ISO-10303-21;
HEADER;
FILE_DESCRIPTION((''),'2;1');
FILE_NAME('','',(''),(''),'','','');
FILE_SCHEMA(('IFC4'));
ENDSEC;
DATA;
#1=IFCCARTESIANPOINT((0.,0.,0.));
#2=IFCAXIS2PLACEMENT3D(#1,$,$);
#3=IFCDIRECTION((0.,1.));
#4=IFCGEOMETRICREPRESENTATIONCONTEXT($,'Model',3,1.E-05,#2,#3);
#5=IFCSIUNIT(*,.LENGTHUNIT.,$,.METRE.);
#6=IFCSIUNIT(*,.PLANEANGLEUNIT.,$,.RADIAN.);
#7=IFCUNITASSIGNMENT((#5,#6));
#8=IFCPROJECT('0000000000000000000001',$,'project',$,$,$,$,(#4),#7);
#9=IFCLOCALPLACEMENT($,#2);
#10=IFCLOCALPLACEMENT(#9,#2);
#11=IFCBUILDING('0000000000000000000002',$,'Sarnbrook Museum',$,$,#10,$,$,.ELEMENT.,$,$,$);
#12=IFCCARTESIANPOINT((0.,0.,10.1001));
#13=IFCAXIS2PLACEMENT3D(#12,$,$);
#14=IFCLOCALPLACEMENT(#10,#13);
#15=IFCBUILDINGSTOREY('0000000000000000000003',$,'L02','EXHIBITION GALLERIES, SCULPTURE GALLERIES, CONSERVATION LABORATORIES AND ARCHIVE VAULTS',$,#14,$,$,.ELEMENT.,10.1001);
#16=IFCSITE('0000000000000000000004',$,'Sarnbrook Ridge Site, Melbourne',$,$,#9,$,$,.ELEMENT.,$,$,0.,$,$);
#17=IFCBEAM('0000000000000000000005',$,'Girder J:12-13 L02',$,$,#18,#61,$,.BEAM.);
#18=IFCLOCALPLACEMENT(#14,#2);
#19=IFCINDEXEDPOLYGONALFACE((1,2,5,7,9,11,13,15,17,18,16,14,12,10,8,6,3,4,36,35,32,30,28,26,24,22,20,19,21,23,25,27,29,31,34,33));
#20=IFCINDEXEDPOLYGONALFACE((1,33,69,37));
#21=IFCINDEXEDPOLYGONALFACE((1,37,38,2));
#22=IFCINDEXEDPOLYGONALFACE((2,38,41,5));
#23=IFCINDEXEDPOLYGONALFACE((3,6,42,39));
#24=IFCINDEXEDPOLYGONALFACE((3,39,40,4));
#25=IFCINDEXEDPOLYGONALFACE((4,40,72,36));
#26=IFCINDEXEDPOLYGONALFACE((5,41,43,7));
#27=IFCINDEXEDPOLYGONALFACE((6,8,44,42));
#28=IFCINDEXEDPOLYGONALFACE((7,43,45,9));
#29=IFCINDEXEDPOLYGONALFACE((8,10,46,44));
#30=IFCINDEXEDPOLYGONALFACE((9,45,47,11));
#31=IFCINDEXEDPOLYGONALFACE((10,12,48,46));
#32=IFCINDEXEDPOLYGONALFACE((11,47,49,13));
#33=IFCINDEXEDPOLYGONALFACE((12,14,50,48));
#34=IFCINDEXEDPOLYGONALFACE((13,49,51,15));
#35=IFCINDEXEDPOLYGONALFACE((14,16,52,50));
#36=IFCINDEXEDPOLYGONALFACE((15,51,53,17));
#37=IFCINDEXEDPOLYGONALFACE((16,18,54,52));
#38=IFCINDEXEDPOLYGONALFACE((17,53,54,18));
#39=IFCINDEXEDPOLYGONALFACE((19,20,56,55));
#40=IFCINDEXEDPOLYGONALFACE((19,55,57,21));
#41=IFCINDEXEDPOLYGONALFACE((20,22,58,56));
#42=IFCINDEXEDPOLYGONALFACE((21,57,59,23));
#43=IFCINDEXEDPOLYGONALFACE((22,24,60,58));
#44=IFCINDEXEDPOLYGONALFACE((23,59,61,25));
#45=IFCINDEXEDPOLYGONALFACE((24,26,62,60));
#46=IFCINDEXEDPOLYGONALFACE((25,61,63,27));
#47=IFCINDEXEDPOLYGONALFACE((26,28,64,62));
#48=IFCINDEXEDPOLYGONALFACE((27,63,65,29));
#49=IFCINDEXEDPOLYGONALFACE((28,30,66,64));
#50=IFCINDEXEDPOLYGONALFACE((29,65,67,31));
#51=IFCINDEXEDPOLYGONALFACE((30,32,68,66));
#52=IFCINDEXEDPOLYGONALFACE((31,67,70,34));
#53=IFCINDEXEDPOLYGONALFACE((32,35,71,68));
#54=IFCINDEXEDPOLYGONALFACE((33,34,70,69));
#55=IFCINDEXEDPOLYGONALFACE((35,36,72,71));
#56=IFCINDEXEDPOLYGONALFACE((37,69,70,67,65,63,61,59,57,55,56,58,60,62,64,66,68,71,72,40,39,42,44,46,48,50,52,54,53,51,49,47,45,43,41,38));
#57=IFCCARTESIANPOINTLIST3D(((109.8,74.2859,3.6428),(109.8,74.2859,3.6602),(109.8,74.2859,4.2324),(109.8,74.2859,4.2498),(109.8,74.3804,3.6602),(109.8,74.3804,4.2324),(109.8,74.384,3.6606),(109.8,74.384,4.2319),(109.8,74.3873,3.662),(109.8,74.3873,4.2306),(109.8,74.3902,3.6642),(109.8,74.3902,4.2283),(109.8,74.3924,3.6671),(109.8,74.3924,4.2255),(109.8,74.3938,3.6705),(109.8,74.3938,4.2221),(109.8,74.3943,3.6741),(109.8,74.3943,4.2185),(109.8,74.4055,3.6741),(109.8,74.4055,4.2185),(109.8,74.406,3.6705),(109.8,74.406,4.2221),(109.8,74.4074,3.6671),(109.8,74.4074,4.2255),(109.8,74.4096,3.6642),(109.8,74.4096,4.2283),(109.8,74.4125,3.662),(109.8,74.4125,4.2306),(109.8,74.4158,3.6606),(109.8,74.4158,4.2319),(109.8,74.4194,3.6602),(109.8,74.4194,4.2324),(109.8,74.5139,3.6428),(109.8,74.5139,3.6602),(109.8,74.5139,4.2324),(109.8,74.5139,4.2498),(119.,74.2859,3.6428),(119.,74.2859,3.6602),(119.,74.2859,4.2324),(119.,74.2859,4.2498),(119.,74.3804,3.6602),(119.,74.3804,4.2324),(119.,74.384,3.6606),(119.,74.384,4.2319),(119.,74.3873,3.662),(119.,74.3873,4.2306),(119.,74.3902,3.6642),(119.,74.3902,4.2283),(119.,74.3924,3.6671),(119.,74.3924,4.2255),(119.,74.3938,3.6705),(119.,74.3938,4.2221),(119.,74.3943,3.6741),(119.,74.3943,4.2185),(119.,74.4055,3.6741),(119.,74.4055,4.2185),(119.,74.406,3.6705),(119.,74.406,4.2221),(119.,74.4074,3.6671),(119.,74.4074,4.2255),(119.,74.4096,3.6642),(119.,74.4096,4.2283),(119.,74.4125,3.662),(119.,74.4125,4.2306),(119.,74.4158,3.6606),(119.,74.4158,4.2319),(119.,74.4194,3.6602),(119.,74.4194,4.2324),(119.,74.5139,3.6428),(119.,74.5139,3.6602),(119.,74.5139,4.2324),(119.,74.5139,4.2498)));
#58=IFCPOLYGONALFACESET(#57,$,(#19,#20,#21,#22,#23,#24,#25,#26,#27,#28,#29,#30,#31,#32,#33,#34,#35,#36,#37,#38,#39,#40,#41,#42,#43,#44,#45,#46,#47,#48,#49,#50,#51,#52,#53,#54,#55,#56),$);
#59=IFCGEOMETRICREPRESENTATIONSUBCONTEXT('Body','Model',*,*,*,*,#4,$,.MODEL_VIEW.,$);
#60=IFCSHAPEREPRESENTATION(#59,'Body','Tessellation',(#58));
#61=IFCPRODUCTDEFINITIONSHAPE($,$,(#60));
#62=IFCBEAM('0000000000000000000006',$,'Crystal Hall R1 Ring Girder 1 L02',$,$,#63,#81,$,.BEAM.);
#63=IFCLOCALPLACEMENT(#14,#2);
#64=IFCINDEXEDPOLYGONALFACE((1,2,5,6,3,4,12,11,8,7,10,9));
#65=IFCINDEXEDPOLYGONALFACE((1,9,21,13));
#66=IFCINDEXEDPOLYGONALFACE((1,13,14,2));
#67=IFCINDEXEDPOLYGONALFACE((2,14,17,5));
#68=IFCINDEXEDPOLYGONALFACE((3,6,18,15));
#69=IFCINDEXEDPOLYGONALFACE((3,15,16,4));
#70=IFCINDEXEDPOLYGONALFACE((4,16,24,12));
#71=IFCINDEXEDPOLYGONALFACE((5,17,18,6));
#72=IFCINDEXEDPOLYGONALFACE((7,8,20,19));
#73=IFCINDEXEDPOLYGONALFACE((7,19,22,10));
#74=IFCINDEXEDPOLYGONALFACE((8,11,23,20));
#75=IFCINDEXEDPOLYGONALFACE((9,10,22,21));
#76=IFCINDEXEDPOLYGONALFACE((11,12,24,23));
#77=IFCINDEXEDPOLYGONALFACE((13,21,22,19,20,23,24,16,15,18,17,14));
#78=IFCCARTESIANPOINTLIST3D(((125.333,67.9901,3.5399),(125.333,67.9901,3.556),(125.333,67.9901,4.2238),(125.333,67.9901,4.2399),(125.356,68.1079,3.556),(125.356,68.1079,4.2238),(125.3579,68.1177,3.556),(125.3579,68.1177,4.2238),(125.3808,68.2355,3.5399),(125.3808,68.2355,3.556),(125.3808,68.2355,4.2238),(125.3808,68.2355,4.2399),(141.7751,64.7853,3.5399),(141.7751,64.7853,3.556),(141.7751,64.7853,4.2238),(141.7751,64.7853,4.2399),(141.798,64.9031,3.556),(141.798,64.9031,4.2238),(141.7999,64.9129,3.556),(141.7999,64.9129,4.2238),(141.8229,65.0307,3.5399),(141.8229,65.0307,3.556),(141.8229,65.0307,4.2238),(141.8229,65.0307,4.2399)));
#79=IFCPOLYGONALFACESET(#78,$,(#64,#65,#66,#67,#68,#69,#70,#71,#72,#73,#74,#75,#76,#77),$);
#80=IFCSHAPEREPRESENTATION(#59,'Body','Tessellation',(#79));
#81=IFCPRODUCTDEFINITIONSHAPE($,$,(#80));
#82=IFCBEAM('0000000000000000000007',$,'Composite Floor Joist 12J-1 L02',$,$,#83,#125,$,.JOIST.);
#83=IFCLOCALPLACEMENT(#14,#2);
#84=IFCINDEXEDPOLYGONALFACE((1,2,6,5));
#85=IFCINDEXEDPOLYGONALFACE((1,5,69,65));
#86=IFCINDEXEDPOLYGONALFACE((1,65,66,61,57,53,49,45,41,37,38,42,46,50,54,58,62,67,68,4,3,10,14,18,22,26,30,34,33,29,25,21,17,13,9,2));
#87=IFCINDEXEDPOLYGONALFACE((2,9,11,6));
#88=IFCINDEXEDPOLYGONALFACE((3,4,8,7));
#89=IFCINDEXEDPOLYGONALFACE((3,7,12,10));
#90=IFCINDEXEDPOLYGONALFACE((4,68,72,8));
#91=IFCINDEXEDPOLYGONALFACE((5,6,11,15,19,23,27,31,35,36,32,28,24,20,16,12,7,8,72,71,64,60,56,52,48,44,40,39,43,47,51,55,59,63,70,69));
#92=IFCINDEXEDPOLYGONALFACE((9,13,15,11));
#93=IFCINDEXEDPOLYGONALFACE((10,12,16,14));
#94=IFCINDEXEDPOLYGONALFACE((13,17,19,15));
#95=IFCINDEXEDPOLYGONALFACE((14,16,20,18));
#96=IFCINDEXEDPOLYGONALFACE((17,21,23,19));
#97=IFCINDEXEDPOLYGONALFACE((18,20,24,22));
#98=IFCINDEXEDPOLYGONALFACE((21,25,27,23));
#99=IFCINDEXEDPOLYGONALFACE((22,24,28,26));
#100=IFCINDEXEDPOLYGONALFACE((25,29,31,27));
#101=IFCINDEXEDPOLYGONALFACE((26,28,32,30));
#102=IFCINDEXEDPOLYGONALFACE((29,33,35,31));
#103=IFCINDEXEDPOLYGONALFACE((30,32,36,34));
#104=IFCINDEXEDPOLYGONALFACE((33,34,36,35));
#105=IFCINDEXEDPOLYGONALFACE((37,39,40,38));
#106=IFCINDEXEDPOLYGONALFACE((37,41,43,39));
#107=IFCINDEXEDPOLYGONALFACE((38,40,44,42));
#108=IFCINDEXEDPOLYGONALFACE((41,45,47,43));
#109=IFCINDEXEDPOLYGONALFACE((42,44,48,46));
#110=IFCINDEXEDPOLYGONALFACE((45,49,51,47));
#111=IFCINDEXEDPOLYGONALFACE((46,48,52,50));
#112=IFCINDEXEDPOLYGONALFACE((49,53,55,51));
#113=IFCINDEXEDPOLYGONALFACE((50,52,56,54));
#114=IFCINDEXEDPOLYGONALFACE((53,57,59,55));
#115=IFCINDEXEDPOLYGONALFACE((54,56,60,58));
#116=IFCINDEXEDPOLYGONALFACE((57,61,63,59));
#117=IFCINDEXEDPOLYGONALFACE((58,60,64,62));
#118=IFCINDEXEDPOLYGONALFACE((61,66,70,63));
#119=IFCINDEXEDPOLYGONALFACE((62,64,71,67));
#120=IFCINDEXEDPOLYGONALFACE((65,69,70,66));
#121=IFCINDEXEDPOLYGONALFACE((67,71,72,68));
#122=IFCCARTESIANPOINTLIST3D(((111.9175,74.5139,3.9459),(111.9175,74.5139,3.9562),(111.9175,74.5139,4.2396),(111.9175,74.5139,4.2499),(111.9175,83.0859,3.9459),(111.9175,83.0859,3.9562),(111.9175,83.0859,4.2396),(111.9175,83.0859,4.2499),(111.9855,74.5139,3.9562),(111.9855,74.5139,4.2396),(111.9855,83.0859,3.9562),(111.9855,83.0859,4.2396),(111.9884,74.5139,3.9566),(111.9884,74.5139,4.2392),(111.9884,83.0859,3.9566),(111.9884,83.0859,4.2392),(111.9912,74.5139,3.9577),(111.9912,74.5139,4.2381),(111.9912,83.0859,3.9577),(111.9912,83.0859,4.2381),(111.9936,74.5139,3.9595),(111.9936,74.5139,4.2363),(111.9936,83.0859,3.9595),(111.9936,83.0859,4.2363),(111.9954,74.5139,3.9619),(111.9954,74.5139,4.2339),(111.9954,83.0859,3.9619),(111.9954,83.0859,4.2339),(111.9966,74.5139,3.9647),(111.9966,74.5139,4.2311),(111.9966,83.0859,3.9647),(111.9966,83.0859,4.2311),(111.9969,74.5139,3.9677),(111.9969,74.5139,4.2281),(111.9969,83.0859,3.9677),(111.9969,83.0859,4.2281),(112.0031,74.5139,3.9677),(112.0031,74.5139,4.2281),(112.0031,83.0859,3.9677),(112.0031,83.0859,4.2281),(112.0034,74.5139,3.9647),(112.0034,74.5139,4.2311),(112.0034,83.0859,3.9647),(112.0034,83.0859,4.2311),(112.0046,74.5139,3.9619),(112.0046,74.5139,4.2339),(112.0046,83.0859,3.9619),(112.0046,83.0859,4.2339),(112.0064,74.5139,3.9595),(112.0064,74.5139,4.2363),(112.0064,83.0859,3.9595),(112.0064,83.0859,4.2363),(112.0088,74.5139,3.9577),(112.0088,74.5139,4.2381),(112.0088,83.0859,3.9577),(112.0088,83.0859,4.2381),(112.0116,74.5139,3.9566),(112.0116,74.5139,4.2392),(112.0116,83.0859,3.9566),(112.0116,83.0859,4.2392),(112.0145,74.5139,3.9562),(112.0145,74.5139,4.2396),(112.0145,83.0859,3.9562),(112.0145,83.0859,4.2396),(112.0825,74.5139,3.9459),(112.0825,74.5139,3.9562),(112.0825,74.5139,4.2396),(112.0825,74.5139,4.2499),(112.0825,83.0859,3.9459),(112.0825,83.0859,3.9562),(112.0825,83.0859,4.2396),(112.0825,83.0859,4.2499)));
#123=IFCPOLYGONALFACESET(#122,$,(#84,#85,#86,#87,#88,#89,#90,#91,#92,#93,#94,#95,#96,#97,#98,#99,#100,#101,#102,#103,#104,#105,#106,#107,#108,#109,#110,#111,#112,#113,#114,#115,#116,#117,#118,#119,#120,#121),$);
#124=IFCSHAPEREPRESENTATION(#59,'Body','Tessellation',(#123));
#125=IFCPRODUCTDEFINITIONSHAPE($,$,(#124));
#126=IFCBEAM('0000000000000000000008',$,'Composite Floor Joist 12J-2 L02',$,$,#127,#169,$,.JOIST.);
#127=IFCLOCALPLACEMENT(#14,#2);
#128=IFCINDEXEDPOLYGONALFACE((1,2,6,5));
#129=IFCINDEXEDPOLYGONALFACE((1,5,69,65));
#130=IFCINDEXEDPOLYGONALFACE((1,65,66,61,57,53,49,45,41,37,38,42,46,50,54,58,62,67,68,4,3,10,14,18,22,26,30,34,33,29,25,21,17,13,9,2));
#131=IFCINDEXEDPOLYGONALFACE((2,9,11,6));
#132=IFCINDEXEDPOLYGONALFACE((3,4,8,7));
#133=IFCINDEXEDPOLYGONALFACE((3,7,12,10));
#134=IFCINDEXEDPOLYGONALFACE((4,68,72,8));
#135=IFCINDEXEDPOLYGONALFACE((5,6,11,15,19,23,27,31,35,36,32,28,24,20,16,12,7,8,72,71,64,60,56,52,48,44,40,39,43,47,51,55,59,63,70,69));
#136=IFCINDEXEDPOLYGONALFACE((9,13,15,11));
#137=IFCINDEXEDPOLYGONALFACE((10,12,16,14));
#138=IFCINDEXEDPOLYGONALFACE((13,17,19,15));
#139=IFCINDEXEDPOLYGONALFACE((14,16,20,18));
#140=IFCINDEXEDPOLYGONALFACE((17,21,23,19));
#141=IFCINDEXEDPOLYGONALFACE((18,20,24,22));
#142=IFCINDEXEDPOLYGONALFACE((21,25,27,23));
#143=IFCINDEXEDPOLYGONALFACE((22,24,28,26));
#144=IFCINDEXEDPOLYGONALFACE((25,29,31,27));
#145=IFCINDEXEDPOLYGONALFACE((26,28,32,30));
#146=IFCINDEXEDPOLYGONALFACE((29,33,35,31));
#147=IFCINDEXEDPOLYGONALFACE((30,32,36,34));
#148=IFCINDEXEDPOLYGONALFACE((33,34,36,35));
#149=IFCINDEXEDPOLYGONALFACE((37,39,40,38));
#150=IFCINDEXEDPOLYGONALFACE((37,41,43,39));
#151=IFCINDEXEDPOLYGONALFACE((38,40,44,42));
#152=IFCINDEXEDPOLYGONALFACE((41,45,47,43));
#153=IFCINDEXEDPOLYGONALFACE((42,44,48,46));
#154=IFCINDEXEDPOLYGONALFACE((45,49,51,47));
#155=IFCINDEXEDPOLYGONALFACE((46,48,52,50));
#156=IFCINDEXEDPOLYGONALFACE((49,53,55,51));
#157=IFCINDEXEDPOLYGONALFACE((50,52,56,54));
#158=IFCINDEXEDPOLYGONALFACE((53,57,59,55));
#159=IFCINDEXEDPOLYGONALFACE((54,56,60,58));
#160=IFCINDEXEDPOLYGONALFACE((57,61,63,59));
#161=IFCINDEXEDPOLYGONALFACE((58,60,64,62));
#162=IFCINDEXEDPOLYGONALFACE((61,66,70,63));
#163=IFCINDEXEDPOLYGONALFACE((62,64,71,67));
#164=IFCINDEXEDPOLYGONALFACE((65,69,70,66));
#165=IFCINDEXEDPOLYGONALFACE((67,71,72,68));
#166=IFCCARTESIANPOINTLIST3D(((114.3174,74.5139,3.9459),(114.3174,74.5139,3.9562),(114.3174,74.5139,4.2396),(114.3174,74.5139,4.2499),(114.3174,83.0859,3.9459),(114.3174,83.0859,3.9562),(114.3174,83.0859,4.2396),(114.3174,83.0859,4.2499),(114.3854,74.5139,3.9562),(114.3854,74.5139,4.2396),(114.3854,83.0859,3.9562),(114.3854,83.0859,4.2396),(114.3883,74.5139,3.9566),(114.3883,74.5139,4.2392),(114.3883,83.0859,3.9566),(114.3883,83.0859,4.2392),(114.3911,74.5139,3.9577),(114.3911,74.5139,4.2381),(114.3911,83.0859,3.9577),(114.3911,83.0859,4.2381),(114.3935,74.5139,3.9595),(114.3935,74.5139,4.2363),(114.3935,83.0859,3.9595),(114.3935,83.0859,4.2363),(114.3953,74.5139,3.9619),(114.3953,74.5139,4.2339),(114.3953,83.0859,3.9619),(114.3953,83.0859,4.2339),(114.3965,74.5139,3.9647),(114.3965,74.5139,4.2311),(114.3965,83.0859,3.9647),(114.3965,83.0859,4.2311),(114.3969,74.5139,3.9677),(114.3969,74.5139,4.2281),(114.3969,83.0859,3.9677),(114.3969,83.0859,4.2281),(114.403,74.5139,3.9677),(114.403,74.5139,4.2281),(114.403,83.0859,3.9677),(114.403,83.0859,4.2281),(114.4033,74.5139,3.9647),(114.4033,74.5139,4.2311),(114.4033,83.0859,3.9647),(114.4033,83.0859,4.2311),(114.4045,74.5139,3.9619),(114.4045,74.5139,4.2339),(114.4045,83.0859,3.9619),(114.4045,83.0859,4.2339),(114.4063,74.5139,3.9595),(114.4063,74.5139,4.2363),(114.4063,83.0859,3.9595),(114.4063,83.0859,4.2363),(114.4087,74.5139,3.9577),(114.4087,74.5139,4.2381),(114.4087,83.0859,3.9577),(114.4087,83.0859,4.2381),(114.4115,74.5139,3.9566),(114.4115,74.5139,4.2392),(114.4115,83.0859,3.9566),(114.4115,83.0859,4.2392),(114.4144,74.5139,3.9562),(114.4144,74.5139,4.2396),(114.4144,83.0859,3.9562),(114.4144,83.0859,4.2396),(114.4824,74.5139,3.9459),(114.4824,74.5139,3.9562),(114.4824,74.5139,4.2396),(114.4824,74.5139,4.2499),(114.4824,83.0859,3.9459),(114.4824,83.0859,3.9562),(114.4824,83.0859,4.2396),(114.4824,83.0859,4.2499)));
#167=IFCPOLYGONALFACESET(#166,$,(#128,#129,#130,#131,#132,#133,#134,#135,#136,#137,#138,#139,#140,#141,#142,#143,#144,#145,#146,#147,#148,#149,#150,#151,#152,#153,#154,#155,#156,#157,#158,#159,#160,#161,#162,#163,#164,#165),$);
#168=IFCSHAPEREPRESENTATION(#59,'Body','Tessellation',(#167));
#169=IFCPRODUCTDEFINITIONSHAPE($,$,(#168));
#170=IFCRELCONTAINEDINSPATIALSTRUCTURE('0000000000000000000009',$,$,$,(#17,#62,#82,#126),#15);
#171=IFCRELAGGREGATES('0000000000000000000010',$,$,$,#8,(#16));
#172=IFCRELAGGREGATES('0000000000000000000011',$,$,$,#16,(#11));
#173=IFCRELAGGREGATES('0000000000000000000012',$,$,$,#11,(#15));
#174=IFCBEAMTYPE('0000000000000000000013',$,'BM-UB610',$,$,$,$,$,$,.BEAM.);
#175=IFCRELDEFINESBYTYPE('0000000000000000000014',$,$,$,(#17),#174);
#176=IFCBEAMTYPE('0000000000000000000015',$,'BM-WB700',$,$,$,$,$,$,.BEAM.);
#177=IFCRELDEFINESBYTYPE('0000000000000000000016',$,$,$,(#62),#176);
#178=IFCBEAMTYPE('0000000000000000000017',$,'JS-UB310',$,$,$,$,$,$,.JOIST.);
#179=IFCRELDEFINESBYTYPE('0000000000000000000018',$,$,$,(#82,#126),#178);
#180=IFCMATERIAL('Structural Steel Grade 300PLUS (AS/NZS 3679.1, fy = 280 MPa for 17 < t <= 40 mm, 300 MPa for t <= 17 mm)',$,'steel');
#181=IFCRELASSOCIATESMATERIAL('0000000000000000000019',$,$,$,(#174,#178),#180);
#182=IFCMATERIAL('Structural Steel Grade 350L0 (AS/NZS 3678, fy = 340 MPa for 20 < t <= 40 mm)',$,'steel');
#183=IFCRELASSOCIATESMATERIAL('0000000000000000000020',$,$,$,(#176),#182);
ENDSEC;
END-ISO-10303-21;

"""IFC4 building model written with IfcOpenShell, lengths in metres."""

from ifc_helpers import new_model, si_unit, direction, frame, origin, origin_2d, place, context, subcontext, project, spatial, i_section, extrude, material, material_profile, profile_set, type_object, element, save


model = new_model("IFC4")

# Units and contexts
model_context = context("Model", 3, precision=1e-05, world=origin(), true_north=direction((0.0, 1.0)))
body_context = subcontext(model_context, "Body", "Model", "MODEL_VIEW")
ifc_project = project(units=[si_unit("LENGTHUNIT", "METRE"), si_unit("PLANEANGLEUNIT", "RADIAN")], contexts=[model_context])

# Site, building, storey
site_placement = place(None, origin())
site = spatial("IfcSite", under=ifc_project, at=site_placement, Name="Sarnbrook Ridge Site, Melbourne", CompositionType="ELEMENT", RefElevation=0.0)
building_placement = place(site_placement, origin())
building = spatial("IfcBuilding", under=site, at=building_placement, Name="Sarnbrook Museum", CompositionType="ELEMENT")
storey_placement = place(building_placement, frame((0.0, 0.0, 10.1001)))
storey = spatial("IfcBuildingStorey", under=building, at=storey_placement, Name="L02", Description="EXHIBITION GALLERIES, SCULPTURE GALLERIES, CONSERVATION LABORATORIES AND ARCHIVE VAULTS", CompositionType="ELEMENT", Elevation=10.1001)

# Shared definitions
ifc_material_1 = material(Name="Structural Steel Grade 350L0 (AS/NZS 3678, fy = 340 MPa for 20 < t <= 40 mm)", Category="steel")

# Beams
ifc_material_2 = material(Name="Structural Steel Grade 300PLUS (AS/NZS 3679.1, fy = 280 MPa for 17 < t <= 40 mm, 300 MPa for t <= 17 mm)", Category="steel")
ifc_material_profile_1 = material_profile(ifc_material_2, i_section(OverallWidth=0.228, OverallDepth=0.6069, WebThickness=0.0112, FlangeThickness=0.0173, FilletRadius=0.0139, at=origin_2d()), Name="610UB113")
ifc_profile_set_1 = profile_set([ifc_material_profile_1], Name="Structural Steel Grade 300PLUS (AS/NZS 3679.1, fy = 280 MPa for 17 < t <= 40 mm, 300 MPa for t <= 17 mm)")
beam_type_1 = type_object("IfcBeamType", Name="BM-UB610", PredefinedType="BEAM", material=ifc_profile_set_1)
beam_1_placement = place(storey_placement, frame((109.8, 74.3999, 3.9463), z_axis=(1.0, 0.0, 0.0), x_axis=(0.0, 1.0, 0.0)))
element("IfcBeam", 1, at=beam_1_placement, inside=storey, type_object=beam_type_1, Name="Girder J:12-13 L02", PredefinedType="BEAM", context=body_context, shape_type="SweptSolid", body=[
    extrude(i_section(OverallWidth=0.228, OverallDepth=0.6069, WebThickness=0.0112, FlangeThickness=0.0173, FilletRadius=0.0139, at=origin_2d()), origin(), (0.0, 0.0, 1.0), 9.2),
])
ifc_material_profile_2 = material_profile(ifc_material_1, i_section(OverallWidth=0.25, OverallDepth=0.7, WebThickness=0.01, FlangeThickness=0.0161, at=origin_2d()), Name="700WB130")
ifc_profile_set_2 = profile_set([ifc_material_profile_2], Name="Structural Steel Grade 350L0 (AS/NZS 3678, fy = 340 MPa for 20 < t <= 40 mm)")
beam_type_2 = type_object("IfcBeamType", Name="BM-WB700", PredefinedType="BEAM", material=ifc_profile_set_2)
beam_2_placement = place(storey_placement, frame((125.3569, 68.1128, 3.8899), z_axis=(0.981529, -0.191316, 0.0), x_axis=(0.191316, 0.981529, 0.0)))
element("IfcBeam", 2, at=beam_2_placement, inside=storey, type_object=beam_type_2, Name="Crystal Hall R1 Ring Girder 1 L02", PredefinedType="BEAM", context=body_context, shape_type="SweptSolid", body=[
    extrude(i_section(OverallWidth=0.25, OverallDepth=0.7, WebThickness=0.01, FlangeThickness=0.0161, at=origin_2d()), origin(), (0.0, 0.0, 1.0), 16.7515),
])
ifc_material_profile_3 = material_profile(ifc_material_2, i_section(OverallWidth=0.165, OverallDepth=0.304, WebThickness=0.0061, FlangeThickness=0.0103, FilletRadius=0.0115, at=origin_2d()), Name="310UB40.4")
ifc_profile_set_3 = profile_set([ifc_material_profile_3], Name="Structural Steel Grade 300PLUS (AS/NZS 3679.1, fy = 280 MPa for 17 < t <= 40 mm, 300 MPa for t <= 17 mm)")
beam_type_3 = type_object("IfcBeamType", Name="JS-UB310", PredefinedType="JOIST", material=ifc_profile_set_3)
for number, where, z_axis, x_axis, name in (
    (3, (112.0, 74.5139, 4.0979), (0.0, 1.0, 0.0), (-1.0, 0.0, 0.0), "Composite Floor Joist 12J-1 L02"),
    (4, (114.3999, 74.5139, 4.0979), (0.0, 1.0, 0.0), (-1.0, 0.0, 0.0), "Composite Floor Joist 12J-2 L02"),
):
    element("IfcBeam", number, at=place(storey_placement, frame(where, z_axis=z_axis, x_axis=x_axis)), inside=storey, type_object=beam_type_3, Name=name, PredefinedType="JOIST", context=body_context, shape_type="SweptSolid", body=[
        extrude(i_section(OverallWidth=0.165, OverallDepth=0.304, WebThickness=0.0061, FlangeThickness=0.0103, FilletRadius=0.0115, at=origin_2d()), origin(), (0.0, 0.0, 1.0), 8.572),
    ])

save(model, "model.ifc")
